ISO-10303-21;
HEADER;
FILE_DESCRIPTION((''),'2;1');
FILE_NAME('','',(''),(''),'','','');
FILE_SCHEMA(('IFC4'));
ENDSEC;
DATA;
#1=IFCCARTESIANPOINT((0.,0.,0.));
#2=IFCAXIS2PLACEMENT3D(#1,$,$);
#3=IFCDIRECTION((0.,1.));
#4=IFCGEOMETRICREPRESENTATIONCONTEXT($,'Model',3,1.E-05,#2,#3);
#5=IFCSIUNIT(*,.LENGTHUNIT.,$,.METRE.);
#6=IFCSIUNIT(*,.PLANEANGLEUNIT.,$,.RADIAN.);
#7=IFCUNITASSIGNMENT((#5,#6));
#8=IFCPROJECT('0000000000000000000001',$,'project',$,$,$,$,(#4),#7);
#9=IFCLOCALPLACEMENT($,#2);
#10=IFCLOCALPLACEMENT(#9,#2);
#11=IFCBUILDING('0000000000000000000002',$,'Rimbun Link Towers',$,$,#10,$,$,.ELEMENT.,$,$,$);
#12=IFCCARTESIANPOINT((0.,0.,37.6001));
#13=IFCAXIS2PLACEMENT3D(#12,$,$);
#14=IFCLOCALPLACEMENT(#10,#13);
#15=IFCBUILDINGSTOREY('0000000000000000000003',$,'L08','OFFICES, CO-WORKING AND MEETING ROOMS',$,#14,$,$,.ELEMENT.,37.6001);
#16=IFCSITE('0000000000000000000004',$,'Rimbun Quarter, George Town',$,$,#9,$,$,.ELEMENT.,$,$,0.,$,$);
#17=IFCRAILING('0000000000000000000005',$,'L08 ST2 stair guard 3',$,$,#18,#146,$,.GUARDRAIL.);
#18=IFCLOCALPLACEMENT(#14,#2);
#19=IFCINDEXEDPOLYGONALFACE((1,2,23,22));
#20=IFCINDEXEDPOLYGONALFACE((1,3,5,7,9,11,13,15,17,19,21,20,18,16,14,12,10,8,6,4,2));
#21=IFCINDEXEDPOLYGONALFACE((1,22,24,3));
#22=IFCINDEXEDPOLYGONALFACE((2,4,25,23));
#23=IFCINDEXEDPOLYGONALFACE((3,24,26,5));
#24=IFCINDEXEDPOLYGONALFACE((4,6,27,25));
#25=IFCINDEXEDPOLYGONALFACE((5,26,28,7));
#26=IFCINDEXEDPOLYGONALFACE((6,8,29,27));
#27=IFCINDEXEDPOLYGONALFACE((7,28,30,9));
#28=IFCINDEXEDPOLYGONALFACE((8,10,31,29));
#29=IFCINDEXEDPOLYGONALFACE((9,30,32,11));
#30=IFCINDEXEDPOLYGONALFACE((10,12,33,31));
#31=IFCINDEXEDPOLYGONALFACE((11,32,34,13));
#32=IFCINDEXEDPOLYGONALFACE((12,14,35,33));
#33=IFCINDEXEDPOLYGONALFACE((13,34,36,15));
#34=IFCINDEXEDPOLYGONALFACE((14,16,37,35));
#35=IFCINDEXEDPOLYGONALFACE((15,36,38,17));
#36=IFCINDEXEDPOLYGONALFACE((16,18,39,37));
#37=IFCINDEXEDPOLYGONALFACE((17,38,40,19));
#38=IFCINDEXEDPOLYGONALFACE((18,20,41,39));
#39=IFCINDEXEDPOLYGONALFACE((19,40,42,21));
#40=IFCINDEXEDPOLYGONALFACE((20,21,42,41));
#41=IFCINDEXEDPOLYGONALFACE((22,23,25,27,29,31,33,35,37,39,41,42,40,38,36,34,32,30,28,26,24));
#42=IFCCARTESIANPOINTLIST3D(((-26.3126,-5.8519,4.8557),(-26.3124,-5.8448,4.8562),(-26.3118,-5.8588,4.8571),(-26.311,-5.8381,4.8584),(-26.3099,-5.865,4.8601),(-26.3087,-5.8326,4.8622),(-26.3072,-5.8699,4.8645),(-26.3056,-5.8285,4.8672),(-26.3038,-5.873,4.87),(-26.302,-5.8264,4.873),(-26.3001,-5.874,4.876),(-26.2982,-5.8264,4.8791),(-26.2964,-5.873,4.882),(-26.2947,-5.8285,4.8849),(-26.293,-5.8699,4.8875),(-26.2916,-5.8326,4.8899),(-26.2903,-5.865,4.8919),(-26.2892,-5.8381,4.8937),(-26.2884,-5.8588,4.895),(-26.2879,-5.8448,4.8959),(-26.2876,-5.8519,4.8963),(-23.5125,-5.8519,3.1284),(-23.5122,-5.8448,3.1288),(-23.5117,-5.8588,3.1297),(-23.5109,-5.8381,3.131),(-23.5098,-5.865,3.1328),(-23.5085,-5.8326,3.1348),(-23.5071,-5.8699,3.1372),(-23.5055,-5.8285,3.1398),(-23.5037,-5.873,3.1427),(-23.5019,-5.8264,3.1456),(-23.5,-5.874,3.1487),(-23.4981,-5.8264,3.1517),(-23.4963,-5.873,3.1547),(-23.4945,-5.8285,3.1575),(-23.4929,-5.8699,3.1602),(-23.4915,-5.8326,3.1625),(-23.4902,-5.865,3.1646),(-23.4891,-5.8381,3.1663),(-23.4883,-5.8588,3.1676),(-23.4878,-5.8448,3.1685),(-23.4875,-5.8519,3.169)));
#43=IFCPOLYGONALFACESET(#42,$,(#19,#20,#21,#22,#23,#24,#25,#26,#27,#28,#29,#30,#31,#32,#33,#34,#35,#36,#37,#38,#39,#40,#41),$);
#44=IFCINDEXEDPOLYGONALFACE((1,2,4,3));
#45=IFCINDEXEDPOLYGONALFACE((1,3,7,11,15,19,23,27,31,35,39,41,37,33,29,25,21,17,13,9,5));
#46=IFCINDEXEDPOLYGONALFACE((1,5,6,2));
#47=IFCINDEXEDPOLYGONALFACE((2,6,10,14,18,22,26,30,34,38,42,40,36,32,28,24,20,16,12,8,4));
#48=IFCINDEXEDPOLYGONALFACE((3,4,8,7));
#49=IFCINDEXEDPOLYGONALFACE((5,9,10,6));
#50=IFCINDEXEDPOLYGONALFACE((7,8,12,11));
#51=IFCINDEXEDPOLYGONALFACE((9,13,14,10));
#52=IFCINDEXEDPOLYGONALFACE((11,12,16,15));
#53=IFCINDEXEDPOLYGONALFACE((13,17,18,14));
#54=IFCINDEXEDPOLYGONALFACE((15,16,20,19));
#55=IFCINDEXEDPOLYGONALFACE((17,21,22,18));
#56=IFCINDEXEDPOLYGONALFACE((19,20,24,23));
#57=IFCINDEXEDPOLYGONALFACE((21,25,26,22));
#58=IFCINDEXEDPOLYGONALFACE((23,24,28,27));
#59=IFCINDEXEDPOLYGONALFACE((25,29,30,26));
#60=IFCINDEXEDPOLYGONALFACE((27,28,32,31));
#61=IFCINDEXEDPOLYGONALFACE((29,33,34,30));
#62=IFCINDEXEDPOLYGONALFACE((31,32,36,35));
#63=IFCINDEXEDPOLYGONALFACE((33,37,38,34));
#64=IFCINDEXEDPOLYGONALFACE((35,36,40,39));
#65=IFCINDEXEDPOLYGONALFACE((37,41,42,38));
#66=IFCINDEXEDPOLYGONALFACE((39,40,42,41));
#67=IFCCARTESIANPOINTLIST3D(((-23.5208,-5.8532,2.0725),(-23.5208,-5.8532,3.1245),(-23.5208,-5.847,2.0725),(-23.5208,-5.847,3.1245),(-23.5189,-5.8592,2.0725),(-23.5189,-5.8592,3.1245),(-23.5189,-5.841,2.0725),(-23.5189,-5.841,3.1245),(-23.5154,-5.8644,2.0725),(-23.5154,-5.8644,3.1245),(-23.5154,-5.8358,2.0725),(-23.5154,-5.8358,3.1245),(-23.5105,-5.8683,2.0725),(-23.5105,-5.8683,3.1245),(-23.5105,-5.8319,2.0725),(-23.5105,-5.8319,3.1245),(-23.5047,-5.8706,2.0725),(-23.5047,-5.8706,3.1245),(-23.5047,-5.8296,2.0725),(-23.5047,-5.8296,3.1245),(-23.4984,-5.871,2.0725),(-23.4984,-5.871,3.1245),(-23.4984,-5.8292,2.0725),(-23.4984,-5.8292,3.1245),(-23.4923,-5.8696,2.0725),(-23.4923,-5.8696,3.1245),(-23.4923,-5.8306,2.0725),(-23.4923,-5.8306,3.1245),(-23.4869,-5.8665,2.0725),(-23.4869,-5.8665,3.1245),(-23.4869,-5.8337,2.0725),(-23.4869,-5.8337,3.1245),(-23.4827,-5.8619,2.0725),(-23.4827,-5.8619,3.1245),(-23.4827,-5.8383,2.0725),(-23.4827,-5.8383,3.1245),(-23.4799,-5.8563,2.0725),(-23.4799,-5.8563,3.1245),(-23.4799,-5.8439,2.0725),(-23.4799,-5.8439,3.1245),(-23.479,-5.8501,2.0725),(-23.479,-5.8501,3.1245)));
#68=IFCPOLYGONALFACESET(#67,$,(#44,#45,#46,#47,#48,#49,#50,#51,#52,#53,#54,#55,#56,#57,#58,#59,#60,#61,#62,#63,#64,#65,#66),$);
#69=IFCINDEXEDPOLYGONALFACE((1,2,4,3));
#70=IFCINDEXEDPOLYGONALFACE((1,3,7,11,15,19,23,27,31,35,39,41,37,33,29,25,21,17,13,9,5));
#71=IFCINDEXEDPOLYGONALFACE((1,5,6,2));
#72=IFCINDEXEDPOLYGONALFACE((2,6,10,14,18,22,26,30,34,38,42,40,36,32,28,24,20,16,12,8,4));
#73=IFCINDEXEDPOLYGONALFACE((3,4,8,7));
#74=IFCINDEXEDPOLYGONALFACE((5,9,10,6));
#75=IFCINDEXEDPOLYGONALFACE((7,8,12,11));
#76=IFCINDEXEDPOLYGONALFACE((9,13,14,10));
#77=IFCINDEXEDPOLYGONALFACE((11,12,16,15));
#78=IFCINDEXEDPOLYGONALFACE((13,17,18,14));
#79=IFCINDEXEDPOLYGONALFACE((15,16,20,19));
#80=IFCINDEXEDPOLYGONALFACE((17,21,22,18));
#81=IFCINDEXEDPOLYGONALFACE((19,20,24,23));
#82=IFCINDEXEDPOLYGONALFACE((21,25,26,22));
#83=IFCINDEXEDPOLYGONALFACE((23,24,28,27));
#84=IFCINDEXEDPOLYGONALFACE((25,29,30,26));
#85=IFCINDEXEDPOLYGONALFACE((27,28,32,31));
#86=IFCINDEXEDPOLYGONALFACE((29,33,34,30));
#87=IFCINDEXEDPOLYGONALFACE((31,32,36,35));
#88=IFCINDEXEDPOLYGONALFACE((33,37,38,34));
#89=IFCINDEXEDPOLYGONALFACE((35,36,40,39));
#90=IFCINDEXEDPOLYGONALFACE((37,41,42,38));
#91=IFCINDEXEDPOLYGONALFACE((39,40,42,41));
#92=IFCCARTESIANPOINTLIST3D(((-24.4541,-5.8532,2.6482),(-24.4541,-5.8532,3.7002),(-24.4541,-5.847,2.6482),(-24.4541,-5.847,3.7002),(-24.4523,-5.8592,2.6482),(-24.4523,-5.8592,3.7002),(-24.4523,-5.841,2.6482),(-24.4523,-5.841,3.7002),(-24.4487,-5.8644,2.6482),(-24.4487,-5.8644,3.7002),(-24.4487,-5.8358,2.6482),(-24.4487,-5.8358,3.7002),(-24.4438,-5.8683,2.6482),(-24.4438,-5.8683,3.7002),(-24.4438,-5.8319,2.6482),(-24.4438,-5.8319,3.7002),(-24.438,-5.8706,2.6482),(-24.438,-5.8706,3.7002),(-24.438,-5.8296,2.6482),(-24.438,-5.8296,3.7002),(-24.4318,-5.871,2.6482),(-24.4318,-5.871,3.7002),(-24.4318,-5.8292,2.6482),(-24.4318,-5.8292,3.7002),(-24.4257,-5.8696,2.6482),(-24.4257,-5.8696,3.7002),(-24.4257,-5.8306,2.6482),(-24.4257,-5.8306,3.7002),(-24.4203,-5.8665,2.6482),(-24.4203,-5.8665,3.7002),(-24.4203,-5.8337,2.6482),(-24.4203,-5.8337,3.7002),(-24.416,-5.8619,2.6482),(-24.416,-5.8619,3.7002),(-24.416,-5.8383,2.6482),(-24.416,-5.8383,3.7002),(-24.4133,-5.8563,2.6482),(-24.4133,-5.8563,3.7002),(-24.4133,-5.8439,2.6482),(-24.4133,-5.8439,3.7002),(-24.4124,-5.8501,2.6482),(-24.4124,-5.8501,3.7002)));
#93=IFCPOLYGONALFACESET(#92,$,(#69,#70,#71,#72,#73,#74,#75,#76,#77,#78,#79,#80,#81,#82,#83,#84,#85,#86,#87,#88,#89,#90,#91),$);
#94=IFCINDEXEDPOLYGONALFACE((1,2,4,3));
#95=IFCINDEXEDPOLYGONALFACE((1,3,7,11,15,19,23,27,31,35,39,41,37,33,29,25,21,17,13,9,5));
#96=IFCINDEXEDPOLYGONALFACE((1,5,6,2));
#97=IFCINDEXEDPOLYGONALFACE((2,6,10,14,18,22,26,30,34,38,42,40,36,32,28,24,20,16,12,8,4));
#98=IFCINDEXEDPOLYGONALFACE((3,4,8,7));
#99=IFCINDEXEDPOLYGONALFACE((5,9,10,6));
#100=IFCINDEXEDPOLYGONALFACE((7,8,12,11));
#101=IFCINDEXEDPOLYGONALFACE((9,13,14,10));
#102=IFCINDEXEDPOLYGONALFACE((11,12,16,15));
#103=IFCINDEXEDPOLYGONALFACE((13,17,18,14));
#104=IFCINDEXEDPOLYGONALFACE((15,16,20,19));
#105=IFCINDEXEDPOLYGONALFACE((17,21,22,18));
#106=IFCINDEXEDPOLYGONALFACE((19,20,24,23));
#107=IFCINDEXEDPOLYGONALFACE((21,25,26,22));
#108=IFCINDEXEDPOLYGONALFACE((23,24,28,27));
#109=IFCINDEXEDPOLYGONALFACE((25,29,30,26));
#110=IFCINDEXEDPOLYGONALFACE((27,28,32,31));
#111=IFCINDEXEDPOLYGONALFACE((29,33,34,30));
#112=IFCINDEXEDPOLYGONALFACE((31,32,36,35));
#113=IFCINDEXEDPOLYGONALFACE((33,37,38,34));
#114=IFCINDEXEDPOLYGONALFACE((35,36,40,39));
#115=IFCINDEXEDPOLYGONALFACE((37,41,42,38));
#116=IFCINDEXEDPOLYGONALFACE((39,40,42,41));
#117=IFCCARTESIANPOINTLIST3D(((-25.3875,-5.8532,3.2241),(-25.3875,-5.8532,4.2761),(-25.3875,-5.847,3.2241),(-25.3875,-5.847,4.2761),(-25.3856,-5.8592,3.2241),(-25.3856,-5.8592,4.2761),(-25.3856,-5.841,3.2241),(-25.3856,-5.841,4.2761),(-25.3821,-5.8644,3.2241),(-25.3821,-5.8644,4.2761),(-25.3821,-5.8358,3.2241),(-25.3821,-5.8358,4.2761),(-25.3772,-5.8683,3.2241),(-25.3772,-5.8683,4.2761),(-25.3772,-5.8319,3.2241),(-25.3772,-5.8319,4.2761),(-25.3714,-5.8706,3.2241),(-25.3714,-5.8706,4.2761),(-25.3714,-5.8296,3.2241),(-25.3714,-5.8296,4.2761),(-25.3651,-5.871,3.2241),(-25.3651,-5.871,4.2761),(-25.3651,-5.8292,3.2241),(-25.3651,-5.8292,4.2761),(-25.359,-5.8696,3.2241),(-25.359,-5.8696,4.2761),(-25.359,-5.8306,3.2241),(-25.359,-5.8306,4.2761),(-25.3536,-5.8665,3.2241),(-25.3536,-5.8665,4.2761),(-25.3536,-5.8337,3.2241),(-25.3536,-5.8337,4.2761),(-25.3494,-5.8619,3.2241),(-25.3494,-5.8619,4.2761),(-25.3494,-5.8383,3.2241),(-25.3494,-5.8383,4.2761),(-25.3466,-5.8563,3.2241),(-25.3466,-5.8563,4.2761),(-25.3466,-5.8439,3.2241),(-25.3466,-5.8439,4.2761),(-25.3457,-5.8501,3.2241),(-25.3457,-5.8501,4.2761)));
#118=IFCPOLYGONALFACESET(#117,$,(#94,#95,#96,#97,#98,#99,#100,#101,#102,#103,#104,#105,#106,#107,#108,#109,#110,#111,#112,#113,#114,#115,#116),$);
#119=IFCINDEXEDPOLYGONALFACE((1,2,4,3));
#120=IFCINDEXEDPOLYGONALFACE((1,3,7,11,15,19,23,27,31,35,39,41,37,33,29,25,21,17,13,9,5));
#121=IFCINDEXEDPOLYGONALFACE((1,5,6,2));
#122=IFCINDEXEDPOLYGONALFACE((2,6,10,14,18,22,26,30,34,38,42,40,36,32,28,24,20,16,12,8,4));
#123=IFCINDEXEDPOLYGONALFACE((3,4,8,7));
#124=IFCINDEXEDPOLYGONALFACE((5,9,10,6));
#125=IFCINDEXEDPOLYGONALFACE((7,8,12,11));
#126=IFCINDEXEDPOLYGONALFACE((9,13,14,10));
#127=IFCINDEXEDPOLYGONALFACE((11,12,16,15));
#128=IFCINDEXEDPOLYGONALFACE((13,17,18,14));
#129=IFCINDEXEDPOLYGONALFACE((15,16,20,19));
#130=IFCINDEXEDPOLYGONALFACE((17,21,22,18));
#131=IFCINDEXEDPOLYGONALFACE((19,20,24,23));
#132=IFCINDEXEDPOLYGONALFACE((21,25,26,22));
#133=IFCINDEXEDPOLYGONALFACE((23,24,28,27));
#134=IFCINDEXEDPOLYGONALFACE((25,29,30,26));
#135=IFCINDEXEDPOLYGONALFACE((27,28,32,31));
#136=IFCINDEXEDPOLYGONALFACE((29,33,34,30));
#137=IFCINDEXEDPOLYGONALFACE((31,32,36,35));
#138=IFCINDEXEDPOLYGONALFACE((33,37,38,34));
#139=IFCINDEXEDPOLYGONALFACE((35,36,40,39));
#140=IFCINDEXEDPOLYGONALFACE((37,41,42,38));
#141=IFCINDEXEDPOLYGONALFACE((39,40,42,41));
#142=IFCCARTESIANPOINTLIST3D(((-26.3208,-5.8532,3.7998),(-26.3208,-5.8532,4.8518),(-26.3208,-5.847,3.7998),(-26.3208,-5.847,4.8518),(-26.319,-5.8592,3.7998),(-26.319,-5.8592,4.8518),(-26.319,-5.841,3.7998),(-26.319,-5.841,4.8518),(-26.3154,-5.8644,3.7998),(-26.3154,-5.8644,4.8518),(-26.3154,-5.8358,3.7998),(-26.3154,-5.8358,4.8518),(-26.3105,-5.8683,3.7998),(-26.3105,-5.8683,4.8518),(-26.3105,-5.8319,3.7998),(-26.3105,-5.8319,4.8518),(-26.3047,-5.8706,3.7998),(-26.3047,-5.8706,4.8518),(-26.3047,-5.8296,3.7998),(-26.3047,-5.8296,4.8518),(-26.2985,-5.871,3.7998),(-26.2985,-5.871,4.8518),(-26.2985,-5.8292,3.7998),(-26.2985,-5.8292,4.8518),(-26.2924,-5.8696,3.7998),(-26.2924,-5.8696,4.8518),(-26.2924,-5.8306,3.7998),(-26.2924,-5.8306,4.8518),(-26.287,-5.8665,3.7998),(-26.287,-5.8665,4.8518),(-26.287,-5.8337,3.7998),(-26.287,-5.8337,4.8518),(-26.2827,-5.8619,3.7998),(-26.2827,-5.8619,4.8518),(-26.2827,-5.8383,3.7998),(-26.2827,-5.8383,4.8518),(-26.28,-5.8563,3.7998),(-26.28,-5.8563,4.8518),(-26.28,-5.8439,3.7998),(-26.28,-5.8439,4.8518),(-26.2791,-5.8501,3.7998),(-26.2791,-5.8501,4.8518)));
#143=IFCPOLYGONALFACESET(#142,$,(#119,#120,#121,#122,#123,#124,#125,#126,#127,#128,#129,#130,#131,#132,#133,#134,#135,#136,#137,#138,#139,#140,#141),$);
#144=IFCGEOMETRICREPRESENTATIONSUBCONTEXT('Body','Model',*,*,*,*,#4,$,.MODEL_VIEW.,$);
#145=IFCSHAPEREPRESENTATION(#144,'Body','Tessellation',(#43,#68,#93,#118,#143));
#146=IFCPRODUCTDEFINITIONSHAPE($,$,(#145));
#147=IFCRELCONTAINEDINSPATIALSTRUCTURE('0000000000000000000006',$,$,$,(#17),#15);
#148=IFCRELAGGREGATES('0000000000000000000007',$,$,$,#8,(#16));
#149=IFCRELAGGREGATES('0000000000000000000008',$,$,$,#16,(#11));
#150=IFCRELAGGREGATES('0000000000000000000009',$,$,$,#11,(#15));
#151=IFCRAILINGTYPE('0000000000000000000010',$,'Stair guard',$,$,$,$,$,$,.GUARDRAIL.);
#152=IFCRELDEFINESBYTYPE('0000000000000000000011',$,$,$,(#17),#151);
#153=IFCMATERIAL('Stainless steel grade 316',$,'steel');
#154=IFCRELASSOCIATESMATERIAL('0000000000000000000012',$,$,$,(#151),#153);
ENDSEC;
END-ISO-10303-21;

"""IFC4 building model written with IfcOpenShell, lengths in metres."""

from ifc_helpers import new_model, si_unit, direction, frame, origin, origin_2d, place, context, subcontext, project, spatial, circle, extrude, material, type_object, element, save


model = new_model("IFC4")

# Units and contexts
model_context = context("Model", 3, precision=1e-05, world=origin(), true_north=direction((0.0, 1.0)))
body_context = subcontext(model_context, "Body", "Model", "MODEL_VIEW")
ifc_project = project(units=[si_unit("LENGTHUNIT", "METRE"), si_unit("PLANEANGLEUNIT", "RADIAN")], contexts=[model_context])

# Site, building, storey
site_placement = place(None, origin())
site = spatial("IfcSite", under=ifc_project, at=site_placement, Name="Rimbun Quarter, George Town", CompositionType="ELEMENT", RefElevation=0.0)
building_placement = place(site_placement, origin())
building = spatial("IfcBuilding", under=site, at=building_placement, Name="Rimbun Link Towers", CompositionType="ELEMENT")
storey_placement = place(building_placement, frame((0.0, 0.0, 37.6001)))
storey = spatial("IfcBuildingStorey", under=building, at=storey_placement, Name="L08", Description="OFFICES, CO-WORKING AND MEETING ROOMS", CompositionType="ELEMENT", Elevation=37.6001)

# Railing
ifc_material_1 = material(Name="Stainless steel grade 316", Category="steel")
railing_type_1 = type_object("IfcRailingType", Name="Stair guard", PredefinedType="GUARDRAIL", material=ifc_material_1)
railing_1_placement = place(storey_placement, frame((-23.5, -5.8501, 2.0725)))
element("IfcRailing", 1, at=railing_1_placement, inside=storey, type_object=railing_type_1, Name="L08 ST2 stair guard 3", PredefinedType="GUARDRAIL", context=body_context, shape_type="SweptSolid", body=[
    extrude(circle(Radius=0.0239, at=origin_2d()), frame((0.0, 0.0, 1.0762), z_axis=(-0.85109, 0.0, 0.52502), x_axis=(0.0, -1.0, 0.0)), (0.0, 0.0, 1.0), 3.29),
    extrude(circle(Radius=0.021, at=origin_2d()), origin(), (0.0, 0.0, 1.0), 1.052),
    extrude(circle(Radius=0.021, at=origin_2d()), frame((-0.9333, 0.0, 0.5757)), (0.0, 0.0, 1.0), 1.052),
    extrude(circle(Radius=0.021, at=origin_2d()), frame((-1.8667, 0.0, 1.1516)), (0.0, 0.0, 1.0), 1.052),
    extrude(circle(Radius=0.021, at=origin_2d()), frame((-2.8, 0.0, 1.7273)), (0.0, 0.0, 1.0), 1.052),
])

save(model, "model.ifc")
